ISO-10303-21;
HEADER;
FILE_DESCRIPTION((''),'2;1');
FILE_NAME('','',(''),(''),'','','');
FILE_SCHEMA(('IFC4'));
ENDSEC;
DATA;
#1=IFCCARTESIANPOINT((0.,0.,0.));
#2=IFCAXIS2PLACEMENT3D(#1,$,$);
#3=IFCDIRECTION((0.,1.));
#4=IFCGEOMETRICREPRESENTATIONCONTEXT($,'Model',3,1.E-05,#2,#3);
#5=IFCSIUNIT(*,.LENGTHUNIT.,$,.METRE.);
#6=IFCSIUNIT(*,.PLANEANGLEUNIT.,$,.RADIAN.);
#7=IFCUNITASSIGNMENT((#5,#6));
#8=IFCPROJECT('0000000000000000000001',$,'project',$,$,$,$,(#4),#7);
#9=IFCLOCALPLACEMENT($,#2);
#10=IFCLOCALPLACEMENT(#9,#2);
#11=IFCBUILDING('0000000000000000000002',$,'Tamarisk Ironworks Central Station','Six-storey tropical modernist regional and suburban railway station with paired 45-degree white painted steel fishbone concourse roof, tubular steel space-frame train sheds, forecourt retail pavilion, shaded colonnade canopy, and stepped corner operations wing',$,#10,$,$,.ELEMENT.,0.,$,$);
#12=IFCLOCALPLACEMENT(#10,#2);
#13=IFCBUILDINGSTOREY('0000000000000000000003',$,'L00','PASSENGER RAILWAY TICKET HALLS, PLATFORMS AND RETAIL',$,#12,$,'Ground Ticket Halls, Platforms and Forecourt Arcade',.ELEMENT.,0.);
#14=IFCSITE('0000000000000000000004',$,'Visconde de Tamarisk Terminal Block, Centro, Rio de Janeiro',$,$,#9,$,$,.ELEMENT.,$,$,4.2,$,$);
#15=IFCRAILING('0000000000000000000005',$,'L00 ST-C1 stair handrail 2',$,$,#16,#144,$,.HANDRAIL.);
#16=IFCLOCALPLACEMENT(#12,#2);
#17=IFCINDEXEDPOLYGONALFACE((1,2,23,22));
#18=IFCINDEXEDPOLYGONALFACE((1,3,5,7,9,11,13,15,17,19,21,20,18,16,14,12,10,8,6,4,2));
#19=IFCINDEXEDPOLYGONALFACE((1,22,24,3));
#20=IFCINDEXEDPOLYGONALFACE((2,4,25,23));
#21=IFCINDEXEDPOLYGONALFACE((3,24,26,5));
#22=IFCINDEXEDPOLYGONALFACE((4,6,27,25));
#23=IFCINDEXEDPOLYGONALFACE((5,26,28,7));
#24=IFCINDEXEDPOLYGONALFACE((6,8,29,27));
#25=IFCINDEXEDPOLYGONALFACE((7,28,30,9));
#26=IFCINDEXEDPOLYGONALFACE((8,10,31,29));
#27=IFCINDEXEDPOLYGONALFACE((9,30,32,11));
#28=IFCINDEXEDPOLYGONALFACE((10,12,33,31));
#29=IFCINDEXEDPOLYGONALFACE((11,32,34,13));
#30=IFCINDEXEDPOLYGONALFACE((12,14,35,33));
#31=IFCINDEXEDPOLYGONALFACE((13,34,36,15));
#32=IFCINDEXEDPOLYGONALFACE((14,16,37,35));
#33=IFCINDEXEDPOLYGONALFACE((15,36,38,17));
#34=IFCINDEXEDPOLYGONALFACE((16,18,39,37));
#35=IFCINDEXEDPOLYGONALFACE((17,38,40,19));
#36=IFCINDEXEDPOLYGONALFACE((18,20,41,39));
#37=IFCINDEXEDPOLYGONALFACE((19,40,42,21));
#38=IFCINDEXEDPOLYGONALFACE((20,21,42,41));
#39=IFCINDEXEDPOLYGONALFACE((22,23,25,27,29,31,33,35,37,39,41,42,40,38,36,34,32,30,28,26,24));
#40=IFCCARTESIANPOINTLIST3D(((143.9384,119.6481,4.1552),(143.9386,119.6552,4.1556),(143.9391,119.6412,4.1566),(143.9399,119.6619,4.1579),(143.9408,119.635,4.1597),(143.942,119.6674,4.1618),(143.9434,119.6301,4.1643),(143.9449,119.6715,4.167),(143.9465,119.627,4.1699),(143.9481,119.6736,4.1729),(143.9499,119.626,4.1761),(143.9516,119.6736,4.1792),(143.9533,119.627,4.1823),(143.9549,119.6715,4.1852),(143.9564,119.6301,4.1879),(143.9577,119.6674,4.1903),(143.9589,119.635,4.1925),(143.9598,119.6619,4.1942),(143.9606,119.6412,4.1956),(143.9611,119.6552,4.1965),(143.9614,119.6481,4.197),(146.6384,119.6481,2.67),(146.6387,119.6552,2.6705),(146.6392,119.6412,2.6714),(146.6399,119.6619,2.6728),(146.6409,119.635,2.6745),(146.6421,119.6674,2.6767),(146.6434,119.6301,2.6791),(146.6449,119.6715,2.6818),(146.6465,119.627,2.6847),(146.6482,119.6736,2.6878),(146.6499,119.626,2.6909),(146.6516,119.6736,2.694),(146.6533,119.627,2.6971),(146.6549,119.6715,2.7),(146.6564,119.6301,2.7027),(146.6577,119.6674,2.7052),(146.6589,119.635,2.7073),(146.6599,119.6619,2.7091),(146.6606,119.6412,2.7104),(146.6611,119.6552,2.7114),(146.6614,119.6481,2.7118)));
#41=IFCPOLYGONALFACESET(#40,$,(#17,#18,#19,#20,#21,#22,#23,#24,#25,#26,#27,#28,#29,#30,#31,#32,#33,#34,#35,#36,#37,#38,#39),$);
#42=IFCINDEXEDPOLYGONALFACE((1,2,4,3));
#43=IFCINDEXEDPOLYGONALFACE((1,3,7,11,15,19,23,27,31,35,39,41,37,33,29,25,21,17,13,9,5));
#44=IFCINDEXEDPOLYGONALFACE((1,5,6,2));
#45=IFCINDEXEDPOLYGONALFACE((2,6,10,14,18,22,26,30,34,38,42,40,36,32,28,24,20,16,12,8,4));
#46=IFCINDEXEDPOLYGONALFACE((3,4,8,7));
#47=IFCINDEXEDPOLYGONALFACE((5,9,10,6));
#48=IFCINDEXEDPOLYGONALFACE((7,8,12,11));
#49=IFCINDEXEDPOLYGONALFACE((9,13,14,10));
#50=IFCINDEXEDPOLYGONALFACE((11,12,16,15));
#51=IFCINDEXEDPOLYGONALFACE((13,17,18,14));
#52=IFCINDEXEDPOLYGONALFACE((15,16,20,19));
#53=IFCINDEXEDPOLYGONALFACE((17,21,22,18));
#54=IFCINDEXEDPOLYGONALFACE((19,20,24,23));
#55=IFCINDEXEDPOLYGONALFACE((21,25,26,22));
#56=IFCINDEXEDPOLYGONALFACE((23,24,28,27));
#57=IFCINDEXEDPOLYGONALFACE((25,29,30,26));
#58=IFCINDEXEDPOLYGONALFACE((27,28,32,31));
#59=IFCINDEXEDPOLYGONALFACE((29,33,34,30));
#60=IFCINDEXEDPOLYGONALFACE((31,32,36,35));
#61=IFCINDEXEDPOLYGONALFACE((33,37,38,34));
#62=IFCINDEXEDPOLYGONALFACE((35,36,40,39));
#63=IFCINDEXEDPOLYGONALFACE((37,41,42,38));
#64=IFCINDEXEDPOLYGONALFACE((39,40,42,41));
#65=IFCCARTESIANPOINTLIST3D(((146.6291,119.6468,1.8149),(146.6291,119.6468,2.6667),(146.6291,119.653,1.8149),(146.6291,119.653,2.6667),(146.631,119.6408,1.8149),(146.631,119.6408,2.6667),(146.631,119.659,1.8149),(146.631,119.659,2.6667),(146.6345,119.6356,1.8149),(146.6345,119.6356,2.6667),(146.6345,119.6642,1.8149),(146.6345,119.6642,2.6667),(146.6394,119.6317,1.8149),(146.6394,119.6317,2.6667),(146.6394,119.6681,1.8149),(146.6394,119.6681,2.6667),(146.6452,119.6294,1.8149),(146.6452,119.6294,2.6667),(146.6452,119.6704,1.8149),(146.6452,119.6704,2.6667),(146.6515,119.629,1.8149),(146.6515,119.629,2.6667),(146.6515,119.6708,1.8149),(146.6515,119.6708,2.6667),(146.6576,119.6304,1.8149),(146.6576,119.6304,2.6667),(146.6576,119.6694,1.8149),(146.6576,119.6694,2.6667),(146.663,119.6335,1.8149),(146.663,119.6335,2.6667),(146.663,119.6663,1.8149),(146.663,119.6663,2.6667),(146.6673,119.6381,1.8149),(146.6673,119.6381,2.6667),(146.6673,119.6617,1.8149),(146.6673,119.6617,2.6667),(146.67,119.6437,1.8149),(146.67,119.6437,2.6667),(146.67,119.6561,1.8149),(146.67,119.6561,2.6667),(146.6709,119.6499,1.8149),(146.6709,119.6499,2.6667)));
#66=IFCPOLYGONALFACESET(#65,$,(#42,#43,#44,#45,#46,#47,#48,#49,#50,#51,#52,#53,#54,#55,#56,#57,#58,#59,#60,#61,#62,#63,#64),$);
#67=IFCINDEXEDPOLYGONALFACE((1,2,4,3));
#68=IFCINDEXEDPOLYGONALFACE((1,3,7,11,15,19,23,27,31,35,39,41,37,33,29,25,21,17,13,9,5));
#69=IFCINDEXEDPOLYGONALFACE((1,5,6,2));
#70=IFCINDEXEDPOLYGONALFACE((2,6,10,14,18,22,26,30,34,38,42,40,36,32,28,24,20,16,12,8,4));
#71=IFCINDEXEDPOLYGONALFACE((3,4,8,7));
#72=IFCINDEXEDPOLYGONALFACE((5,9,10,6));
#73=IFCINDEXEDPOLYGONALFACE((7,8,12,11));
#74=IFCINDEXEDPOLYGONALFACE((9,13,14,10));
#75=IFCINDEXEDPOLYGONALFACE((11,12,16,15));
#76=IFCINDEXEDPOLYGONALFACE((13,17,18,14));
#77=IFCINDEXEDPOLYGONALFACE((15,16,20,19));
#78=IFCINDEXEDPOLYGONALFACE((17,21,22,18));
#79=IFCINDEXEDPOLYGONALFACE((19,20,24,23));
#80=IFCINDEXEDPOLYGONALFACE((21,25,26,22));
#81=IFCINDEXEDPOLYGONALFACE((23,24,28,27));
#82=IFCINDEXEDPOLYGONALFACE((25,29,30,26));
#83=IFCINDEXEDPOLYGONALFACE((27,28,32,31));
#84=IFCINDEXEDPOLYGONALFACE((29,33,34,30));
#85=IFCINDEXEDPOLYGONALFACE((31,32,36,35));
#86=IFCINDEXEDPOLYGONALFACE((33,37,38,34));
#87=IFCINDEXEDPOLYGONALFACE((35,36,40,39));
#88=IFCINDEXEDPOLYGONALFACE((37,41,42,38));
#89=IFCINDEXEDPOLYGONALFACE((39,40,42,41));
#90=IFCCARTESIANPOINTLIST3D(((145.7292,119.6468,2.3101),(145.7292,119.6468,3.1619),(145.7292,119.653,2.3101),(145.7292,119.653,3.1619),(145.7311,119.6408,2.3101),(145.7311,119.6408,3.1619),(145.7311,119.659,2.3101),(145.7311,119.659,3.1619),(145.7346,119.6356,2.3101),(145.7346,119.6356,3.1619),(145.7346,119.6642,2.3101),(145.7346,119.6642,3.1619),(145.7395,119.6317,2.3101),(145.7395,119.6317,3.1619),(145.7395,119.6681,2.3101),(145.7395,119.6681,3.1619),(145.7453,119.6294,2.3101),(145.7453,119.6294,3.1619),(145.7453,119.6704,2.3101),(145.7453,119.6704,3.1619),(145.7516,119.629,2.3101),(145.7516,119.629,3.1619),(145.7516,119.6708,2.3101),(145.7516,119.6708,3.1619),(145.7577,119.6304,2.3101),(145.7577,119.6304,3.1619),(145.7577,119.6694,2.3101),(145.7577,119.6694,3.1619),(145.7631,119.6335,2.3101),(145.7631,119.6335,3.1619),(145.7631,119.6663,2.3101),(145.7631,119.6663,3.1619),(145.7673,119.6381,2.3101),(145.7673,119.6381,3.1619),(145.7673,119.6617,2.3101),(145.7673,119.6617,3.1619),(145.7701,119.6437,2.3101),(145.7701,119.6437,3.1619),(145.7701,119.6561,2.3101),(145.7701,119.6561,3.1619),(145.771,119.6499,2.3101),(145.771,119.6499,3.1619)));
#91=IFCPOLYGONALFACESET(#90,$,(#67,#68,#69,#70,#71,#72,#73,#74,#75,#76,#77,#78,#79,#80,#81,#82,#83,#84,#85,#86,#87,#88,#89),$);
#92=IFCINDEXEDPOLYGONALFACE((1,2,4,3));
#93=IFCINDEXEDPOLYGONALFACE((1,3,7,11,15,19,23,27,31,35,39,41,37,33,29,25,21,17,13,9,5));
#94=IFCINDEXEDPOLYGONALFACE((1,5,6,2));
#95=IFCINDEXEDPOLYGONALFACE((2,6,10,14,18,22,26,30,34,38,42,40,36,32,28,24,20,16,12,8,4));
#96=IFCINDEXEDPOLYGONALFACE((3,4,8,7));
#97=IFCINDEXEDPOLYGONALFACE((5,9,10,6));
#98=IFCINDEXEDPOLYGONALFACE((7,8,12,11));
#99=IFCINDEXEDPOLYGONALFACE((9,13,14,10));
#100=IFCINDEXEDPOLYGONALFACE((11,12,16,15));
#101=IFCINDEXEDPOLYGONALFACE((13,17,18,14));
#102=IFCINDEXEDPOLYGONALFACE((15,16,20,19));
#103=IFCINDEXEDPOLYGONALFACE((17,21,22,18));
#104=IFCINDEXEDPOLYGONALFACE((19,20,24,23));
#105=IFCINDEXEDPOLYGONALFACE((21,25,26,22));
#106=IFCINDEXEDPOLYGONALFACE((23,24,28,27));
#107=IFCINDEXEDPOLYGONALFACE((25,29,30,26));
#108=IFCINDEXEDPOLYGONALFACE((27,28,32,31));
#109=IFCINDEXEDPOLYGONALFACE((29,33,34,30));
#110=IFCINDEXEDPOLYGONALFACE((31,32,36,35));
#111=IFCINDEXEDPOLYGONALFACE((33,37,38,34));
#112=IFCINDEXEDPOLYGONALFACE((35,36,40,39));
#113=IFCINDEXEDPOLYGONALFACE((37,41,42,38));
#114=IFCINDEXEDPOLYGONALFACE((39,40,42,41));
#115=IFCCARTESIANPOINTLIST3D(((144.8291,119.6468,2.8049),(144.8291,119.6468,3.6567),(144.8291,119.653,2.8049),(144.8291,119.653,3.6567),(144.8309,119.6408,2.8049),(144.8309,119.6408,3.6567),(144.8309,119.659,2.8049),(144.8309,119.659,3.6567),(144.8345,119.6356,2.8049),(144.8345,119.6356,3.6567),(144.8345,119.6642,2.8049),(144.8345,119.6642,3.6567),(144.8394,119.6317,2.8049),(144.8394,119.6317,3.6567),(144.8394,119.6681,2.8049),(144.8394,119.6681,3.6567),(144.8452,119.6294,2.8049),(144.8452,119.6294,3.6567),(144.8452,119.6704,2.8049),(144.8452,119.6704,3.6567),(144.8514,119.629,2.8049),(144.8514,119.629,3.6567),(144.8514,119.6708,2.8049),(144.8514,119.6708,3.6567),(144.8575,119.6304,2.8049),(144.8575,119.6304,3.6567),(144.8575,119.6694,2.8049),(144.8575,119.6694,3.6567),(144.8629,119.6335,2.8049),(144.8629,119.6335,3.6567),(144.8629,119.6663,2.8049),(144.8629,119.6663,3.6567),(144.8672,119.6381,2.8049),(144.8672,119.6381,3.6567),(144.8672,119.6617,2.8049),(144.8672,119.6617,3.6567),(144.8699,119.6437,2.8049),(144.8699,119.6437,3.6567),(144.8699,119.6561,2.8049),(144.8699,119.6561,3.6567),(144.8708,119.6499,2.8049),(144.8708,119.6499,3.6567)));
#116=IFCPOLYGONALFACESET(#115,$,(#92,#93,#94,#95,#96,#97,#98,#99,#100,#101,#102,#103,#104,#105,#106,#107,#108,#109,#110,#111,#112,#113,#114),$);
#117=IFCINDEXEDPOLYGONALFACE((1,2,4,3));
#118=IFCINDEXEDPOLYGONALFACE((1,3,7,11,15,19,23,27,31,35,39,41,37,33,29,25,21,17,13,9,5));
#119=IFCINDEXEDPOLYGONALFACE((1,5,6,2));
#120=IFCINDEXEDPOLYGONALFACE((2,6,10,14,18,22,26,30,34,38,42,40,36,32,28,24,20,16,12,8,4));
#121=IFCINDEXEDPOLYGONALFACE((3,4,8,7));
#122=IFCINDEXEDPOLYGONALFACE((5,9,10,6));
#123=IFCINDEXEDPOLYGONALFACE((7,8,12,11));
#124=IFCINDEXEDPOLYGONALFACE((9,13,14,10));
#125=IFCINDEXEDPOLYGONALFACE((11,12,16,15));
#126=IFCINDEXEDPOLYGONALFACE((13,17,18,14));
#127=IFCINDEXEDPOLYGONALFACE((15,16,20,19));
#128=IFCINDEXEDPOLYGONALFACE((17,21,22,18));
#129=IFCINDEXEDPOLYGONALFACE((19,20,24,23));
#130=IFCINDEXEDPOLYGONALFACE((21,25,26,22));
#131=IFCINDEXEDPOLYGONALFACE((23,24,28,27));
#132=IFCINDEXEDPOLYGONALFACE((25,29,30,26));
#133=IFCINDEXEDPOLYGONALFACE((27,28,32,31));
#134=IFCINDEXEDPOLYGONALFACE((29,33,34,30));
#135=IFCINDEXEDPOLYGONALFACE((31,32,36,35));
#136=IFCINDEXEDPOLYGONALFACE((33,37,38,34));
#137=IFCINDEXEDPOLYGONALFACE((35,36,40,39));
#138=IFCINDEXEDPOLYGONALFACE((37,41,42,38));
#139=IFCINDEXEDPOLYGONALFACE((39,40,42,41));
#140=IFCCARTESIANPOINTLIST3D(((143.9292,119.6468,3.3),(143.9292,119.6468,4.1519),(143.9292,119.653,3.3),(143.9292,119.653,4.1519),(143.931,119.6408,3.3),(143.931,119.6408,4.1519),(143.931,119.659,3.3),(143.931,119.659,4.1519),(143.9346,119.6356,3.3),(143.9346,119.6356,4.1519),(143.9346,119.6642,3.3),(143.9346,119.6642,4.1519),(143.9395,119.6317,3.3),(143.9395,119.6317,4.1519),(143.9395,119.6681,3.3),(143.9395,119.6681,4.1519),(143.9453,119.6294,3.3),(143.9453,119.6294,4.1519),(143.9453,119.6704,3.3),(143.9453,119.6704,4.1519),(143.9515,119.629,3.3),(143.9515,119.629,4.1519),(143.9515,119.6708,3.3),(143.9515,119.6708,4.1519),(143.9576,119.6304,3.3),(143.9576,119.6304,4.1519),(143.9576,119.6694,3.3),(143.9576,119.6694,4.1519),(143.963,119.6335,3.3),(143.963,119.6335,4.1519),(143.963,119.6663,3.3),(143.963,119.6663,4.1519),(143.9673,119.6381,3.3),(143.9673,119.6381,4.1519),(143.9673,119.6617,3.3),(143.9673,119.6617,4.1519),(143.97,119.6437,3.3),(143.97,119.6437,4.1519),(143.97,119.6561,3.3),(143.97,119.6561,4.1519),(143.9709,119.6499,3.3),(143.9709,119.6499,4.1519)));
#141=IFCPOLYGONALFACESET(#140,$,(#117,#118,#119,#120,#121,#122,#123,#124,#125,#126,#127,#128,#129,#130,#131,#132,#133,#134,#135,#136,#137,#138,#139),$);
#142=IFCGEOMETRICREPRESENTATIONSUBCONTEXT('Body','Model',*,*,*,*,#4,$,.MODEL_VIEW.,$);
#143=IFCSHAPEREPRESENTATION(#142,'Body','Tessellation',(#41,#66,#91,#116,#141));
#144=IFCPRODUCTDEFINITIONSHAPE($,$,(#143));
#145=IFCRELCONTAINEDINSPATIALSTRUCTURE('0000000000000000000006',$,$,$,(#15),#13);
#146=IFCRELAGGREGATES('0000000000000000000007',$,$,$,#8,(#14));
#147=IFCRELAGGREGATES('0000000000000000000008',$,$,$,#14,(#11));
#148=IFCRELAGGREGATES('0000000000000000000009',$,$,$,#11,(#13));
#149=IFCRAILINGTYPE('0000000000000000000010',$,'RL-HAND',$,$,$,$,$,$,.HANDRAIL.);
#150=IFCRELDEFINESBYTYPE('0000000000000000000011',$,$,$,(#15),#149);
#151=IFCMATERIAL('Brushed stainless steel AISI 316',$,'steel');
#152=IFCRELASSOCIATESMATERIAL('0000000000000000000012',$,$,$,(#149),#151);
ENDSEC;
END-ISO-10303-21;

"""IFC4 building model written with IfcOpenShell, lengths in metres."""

from ifc_helpers import new_model, si_unit, direction, frame, origin, origin_2d, place, context, subcontext, project, spatial, circle, extrude, material, type_object, element, save


model = new_model("IFC4")

# Units and contexts
model_context = context("Model", 3, precision=1e-05, world=origin(), true_north=direction((0.0, 1.0)))
body_context = subcontext(model_context, "Body", "Model", "MODEL_VIEW")
ifc_project = project(units=[si_unit("LENGTHUNIT", "METRE"), si_unit("PLANEANGLEUNIT", "RADIAN")], contexts=[model_context])

# Site, building, storey
site_placement = place(None, origin())
site = spatial("IfcSite", under=ifc_project, at=site_placement, Name="Visconde de Tamarisk Terminal Block, Centro, Rio de Janeiro", CompositionType="ELEMENT", RefElevation=4.2)
building_placement = place(site_placement, origin())
building = spatial("IfcBuilding", under=site, at=building_placement, Name="Tamarisk Ironworks Central Station", Description="Six-storey tropical modernist regional and suburban railway station with paired 45-degree white painted steel fishbone concourse roof, tubular steel space-frame train sheds, forecourt retail pavilion, shaded colonnade canopy, and stepped corner operations wing", CompositionType="ELEMENT", ElevationOfRefHeight=0.0)
storey_placement = place(building_placement, origin())
storey = spatial("IfcBuildingStorey", under=building, at=storey_placement, Name="L00", Description="PASSENGER RAILWAY TICKET HALLS, PLATFORMS AND RETAIL", LongName="Ground Ticket Halls, Platforms and Forecourt Arcade", CompositionType="ELEMENT", Elevation=0.0)

# Railing
ifc_material_1 = material(Name="Brushed stainless steel AISI 316", Category="steel")
railing_type_1 = type_object("IfcRailingType", Name="RL-HAND", PredefinedType="HANDRAIL", material=ifc_material_1)
for number, where, name in (
    (1, (146.6499, 119.6499, 1.8149), "L00 ST-C1 stair handrail 2"),
):
    element("IfcRailing", number, at=place(storey_placement, frame(where)), inside=storey, type_object=railing_type_1, Name=name, PredefinedType="HANDRAIL", context=body_context, shape_type="SweptSolid", body=[
        extrude(circle(Radius=0.0239, at=origin_2d()), frame((0.0, 0.0, 0.876), z_axis=(-0.876198, 0.0, 0.481952), x_axis=(0.0, -1.0, 0.0)), (0.0, 0.0, 1.0), 3.0815),
        extrude(circle(Radius=0.021, at=origin_2d()), origin(), (0.0, 0.0, 1.0), 0.8518),
        extrude(circle(Radius=0.021, at=origin_2d()), frame((-0.8999, 0.0, 0.4951)), (0.0, 0.0, 1.0), 0.8518),
        extrude(circle(Radius=0.021, at=origin_2d()), frame((-1.8, 0.0, 0.99)), (0.0, 0.0, 1.0), 0.8518),
        extrude(circle(Radius=0.021, at=origin_2d()), frame((-2.7, 0.0, 1.4851)), (0.0, 0.0, 1.0), 0.8518),
    ])

save(model, "model.ifc")
